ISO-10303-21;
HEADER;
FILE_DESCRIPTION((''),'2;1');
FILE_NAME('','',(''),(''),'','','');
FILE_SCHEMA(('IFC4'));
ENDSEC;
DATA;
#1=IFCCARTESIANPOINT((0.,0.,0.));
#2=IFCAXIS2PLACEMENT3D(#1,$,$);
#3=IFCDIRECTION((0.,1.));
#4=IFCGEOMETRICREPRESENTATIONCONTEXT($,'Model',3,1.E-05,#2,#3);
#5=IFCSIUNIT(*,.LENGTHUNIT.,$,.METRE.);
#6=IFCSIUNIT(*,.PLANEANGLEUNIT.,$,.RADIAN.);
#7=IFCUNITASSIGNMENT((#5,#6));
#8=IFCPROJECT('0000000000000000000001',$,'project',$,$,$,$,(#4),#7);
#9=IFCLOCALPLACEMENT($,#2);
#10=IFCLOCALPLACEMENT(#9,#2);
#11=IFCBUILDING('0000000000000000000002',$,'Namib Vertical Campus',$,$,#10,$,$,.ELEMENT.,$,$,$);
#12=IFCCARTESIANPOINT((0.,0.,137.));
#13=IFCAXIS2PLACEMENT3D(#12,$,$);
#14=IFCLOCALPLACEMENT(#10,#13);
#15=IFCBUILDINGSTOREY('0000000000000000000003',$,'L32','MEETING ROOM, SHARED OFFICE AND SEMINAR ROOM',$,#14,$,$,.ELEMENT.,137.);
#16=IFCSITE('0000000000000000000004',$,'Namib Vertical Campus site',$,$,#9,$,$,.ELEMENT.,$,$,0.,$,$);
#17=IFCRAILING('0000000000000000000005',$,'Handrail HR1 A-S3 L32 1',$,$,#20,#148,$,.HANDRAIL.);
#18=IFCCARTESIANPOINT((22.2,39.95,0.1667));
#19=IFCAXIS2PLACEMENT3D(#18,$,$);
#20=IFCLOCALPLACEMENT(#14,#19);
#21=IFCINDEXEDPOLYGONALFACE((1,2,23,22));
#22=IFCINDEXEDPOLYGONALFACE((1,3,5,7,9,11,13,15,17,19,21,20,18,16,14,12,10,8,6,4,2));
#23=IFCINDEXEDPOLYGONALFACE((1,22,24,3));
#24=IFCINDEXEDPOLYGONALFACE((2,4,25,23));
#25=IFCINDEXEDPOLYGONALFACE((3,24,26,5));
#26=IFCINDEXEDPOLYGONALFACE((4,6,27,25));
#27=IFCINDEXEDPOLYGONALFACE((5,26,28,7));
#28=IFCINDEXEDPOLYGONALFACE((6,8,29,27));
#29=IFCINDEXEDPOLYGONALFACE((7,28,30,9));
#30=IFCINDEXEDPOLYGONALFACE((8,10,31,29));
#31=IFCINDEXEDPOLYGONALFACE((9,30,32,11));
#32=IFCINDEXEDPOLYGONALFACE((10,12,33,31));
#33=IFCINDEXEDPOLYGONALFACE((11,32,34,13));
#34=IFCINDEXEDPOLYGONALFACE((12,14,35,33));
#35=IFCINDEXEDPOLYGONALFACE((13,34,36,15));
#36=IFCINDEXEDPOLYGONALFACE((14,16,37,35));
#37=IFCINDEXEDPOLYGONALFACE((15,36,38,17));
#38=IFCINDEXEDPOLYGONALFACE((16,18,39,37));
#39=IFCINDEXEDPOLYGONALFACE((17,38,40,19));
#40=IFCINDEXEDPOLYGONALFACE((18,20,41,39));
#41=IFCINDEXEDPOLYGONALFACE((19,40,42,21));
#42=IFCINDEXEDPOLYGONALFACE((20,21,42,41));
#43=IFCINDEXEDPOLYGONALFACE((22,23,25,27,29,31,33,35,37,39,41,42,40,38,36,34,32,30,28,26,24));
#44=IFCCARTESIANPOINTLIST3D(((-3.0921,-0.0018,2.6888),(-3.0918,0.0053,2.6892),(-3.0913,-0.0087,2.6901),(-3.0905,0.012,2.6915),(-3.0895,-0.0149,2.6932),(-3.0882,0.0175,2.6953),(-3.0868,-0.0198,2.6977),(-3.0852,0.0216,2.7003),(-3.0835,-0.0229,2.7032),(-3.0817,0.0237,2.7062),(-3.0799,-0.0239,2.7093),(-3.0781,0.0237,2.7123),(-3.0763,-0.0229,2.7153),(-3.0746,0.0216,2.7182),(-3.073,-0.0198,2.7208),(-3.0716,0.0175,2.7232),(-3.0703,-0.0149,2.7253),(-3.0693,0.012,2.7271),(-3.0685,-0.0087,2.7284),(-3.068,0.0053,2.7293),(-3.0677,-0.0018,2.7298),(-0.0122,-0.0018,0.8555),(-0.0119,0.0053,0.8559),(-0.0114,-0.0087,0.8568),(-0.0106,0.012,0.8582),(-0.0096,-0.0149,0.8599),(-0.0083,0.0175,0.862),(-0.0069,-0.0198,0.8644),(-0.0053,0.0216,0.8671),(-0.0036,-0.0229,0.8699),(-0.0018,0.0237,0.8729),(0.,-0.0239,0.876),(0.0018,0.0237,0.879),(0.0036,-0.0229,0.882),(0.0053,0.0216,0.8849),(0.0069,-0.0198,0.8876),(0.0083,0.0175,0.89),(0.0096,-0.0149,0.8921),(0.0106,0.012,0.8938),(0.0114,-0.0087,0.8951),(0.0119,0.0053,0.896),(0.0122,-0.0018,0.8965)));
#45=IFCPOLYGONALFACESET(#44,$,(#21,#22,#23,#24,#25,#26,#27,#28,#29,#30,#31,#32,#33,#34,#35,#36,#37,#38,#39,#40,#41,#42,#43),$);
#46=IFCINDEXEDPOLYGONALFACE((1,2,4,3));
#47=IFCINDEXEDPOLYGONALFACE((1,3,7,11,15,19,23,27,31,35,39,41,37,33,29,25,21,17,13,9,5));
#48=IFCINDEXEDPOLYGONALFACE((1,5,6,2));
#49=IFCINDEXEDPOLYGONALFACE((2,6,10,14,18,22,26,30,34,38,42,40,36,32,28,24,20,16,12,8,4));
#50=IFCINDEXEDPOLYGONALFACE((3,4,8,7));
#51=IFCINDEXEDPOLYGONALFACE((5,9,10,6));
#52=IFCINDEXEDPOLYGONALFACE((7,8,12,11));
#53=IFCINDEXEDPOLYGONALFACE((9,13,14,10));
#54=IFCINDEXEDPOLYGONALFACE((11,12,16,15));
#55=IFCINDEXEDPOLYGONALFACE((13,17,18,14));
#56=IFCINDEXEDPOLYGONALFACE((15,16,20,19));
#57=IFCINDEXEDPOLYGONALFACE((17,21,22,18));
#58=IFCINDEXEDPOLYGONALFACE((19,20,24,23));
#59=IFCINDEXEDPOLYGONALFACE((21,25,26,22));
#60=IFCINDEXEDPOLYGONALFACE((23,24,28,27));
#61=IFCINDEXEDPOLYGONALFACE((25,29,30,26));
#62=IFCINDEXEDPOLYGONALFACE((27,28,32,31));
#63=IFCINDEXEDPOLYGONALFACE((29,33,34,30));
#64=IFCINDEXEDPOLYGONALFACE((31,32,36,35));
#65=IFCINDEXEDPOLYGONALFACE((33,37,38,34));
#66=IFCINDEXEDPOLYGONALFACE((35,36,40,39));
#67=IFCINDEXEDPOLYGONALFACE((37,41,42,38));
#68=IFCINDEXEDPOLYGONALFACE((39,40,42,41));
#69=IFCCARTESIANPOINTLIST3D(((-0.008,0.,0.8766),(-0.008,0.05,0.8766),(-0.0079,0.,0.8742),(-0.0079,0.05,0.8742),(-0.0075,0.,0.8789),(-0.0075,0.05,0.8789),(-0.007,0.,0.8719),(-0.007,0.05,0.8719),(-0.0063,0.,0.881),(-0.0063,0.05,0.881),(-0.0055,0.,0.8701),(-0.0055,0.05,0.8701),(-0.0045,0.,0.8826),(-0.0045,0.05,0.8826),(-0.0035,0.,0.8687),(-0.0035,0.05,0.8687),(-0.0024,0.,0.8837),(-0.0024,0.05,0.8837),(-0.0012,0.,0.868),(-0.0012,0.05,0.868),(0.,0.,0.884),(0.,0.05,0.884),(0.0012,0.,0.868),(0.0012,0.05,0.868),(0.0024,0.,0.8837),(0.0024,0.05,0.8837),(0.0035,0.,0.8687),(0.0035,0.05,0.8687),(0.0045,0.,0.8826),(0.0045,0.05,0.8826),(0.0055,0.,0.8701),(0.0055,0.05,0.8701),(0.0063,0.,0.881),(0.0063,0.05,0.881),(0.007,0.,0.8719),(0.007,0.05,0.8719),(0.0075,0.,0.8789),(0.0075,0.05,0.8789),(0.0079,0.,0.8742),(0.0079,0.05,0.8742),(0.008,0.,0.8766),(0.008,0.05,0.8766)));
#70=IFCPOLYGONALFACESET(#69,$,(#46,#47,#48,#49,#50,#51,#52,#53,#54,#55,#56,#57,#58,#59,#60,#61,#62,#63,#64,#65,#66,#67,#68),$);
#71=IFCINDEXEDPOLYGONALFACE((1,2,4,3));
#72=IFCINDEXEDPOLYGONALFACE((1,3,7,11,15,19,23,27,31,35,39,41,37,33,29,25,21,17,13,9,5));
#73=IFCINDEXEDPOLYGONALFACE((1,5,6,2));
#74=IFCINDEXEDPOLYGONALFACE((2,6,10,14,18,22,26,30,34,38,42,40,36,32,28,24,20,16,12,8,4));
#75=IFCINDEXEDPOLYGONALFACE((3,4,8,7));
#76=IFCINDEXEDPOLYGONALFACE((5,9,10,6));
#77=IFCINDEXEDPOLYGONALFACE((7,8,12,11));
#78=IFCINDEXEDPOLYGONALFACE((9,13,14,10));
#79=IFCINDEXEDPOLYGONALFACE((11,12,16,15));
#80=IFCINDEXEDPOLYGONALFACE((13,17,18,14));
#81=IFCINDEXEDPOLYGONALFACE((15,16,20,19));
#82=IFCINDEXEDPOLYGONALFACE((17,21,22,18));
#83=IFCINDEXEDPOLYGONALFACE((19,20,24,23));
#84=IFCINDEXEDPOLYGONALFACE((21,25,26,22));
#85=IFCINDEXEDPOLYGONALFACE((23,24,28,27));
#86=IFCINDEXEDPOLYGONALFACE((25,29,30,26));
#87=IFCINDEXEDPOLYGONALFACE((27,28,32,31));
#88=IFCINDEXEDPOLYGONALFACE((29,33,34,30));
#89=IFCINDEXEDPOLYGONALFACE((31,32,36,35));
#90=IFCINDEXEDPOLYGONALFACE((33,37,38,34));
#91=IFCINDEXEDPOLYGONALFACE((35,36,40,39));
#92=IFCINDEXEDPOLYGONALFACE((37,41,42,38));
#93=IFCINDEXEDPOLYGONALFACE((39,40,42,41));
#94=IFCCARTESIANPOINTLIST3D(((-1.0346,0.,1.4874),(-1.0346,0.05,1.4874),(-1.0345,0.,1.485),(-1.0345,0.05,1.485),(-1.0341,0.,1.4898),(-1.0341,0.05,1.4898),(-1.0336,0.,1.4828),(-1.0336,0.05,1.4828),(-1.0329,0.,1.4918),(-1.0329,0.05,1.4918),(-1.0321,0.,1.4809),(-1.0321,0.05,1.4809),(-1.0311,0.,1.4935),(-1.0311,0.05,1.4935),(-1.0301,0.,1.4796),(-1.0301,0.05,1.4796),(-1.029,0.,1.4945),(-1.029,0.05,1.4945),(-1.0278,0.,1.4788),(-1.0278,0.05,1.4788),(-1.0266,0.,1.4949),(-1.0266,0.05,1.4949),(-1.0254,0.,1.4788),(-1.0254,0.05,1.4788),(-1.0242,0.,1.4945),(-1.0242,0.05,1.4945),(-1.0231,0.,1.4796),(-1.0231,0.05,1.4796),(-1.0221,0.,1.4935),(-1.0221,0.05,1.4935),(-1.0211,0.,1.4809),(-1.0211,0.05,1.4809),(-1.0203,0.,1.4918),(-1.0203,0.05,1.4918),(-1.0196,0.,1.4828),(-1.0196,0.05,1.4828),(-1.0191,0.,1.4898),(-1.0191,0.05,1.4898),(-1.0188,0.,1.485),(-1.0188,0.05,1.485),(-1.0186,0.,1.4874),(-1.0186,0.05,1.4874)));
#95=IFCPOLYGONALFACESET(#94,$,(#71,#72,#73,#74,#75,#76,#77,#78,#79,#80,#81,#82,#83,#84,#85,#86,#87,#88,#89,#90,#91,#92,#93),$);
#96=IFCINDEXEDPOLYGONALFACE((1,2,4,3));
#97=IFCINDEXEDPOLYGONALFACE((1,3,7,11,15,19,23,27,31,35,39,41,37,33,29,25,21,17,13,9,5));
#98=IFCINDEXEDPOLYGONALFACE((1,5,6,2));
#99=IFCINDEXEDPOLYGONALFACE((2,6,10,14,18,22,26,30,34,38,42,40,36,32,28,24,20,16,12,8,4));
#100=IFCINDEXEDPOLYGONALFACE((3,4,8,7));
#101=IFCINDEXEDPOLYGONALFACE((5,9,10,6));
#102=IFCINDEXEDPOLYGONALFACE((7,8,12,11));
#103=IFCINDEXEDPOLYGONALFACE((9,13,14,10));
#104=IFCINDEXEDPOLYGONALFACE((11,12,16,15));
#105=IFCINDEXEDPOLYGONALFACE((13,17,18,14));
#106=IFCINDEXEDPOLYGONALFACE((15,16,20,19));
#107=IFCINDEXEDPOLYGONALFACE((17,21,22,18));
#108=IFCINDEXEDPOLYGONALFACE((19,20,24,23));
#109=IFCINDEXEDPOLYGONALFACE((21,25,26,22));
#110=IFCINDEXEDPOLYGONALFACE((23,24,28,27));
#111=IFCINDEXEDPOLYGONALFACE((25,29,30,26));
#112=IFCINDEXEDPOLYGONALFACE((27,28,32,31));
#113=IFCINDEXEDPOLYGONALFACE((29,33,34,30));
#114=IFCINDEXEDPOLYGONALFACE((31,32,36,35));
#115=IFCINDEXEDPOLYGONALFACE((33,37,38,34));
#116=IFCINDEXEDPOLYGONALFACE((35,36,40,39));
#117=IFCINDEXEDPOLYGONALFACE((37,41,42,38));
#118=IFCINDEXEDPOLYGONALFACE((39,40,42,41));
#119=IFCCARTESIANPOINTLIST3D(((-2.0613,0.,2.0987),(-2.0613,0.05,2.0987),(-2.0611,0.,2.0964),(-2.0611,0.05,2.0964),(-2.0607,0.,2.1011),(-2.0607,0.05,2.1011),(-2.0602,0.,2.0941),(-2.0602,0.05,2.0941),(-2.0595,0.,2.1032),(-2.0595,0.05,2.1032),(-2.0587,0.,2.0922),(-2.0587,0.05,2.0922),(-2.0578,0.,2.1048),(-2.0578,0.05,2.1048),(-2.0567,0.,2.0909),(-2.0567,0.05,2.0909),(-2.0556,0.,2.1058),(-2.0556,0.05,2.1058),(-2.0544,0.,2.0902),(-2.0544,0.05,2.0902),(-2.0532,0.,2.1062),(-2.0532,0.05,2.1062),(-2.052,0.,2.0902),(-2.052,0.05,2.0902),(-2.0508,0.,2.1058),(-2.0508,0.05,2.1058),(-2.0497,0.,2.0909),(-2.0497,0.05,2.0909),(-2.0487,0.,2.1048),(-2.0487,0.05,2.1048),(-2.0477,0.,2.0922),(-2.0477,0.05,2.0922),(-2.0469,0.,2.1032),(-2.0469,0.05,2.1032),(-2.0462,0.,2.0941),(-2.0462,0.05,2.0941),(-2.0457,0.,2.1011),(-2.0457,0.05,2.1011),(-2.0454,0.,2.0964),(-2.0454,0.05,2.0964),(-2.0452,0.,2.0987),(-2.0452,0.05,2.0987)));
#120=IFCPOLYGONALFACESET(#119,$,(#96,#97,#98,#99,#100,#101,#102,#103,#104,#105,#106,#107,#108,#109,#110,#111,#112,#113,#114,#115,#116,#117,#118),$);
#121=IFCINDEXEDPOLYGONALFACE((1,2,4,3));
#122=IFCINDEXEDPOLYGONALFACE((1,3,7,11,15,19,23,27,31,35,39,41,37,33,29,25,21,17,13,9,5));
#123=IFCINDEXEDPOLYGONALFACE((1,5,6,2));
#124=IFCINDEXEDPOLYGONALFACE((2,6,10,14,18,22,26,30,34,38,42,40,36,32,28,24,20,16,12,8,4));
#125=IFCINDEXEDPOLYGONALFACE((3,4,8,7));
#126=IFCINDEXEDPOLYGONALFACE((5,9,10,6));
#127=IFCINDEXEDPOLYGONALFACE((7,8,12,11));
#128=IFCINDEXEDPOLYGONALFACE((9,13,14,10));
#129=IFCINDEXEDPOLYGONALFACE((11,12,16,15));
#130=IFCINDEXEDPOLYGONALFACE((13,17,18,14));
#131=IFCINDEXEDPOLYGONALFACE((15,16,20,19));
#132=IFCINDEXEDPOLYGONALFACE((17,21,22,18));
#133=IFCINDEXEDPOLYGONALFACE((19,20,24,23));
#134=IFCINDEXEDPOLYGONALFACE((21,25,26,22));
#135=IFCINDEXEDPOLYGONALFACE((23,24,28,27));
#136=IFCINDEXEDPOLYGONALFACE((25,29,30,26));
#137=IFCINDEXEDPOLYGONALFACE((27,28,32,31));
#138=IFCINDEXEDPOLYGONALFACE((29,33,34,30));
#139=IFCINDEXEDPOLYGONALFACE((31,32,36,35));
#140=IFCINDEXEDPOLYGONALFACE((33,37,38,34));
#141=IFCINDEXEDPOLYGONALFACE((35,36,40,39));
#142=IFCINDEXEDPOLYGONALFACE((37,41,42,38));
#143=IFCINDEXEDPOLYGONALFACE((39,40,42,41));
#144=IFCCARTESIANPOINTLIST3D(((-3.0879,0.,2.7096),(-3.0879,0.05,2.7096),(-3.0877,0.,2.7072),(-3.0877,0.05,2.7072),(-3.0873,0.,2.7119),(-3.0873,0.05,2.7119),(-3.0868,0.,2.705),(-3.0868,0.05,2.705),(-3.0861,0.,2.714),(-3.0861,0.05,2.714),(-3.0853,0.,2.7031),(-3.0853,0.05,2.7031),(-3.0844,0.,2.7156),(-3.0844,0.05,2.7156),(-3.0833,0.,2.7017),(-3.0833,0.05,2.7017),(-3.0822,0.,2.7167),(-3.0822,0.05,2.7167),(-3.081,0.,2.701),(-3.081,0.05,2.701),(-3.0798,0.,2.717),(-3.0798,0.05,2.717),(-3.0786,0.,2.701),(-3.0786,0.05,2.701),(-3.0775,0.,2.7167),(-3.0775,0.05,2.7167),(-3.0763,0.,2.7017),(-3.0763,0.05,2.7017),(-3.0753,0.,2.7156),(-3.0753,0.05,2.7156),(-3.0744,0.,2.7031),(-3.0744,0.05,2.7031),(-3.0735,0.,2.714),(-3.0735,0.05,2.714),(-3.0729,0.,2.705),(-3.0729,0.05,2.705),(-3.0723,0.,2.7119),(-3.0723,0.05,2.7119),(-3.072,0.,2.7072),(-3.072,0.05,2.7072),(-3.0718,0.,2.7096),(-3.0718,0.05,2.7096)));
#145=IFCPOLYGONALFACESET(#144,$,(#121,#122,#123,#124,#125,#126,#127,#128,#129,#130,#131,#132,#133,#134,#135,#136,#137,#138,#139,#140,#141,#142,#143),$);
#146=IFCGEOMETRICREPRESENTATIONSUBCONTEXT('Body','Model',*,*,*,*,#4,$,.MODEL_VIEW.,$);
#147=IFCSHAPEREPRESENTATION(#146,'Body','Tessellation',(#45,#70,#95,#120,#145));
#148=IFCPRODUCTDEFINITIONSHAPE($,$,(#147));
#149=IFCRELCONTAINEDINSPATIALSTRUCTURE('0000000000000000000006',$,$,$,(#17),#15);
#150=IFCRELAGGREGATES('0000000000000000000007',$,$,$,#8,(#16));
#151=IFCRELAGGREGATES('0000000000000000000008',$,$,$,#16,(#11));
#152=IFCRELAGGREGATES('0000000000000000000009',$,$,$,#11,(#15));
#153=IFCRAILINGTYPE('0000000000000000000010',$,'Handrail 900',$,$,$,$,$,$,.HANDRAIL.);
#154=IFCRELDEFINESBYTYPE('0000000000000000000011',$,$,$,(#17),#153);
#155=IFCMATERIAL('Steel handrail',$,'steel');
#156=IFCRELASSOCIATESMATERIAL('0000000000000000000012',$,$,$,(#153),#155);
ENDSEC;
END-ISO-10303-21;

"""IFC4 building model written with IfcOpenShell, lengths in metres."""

from ifc_helpers import new_model, si_unit, direction, frame, origin, origin_2d, place, context, subcontext, project, spatial, circle, extrude, material, type_object, element, save


model = new_model("IFC4")

# Units and contexts
model_context = context("Model", 3, precision=1e-05, world=origin(), true_north=direction((0.0, 1.0)))
body_context = subcontext(model_context, "Body", "Model", "MODEL_VIEW")
ifc_project = project(units=[si_unit("LENGTHUNIT", "METRE"), si_unit("PLANEANGLEUNIT", "RADIAN")], contexts=[model_context])

# Site, building, storey
site_placement = place(None, origin())
site = spatial("IfcSite", under=ifc_project, at=site_placement, Name="Namib Vertical Campus site", CompositionType="ELEMENT", RefElevation=0.0)
building_placement = place(site_placement, origin())
building = spatial("IfcBuilding", under=site, at=building_placement, Name="Namib Vertical Campus", CompositionType="ELEMENT")
storey_placement = place(building_placement, frame((0.0, 0.0, 137.0)))
storey = spatial("IfcBuildingStorey", under=building, at=storey_placement, Name="L32", Description="MEETING ROOM, SHARED OFFICE AND SEMINAR ROOM", CompositionType="ELEMENT", Elevation=137.0)

# Railing
ifc_material_1 = material(Name="Steel handrail", Category="steel")
railing_type_1 = type_object("IfcRailingType", Name="Handrail 900", PredefinedType="HANDRAIL", material=ifc_material_1)
railing_1_placement = place(storey_placement, frame((22.2, 39.95, 0.1667)))
element("IfcRailing", 1, at=railing_1_placement, inside=storey, type_object=railing_type_1, Name="Handrail HR1 A-S3 L32 1", PredefinedType="HANDRAIL", context=body_context, shape_type="SweptSolid", body=[
    extrude(circle(Radius=0.0239, at=origin_2d()), frame((0.0, 0.0, 0.876), z_axis=(-0.859291, 0.0, 0.511487), x_axis=(0.0, -1.0, 0.0)), (0.0, 0.0, 1.0), 3.5842),
    extrude(circle(Radius=0.0081, at=origin_2d()), frame((0.0, 0.0, 0.876), z_axis=(0.0, 1.0, 0.0), x_axis=(0.0, 0.0, 1.0)), (0.0, 0.0, 1.0), 0.05),
    extrude(circle(Radius=0.0081, at=origin_2d()), frame((-1.0266, 0.0, 1.4868), z_axis=(0.0, 1.0, 0.0), x_axis=(0.0, 0.0, 1.0)), (0.0, 0.0, 1.0), 0.05),
    extrude(circle(Radius=0.0081, at=origin_2d()), frame((-2.0532, 0.0, 2.0981), z_axis=(0.0, 1.0, 0.0), x_axis=(0.0, 0.0, 1.0)), (0.0, 0.0, 1.0), 0.05),
    extrude(circle(Radius=0.0081, at=origin_2d()), frame((-3.0798, 0.0, 2.709), z_axis=(0.0, 1.0, 0.0), x_axis=(0.0, 0.0, 1.0)), (0.0, 0.0, 1.0), 0.05),
])

save(model, "model.ifc")
